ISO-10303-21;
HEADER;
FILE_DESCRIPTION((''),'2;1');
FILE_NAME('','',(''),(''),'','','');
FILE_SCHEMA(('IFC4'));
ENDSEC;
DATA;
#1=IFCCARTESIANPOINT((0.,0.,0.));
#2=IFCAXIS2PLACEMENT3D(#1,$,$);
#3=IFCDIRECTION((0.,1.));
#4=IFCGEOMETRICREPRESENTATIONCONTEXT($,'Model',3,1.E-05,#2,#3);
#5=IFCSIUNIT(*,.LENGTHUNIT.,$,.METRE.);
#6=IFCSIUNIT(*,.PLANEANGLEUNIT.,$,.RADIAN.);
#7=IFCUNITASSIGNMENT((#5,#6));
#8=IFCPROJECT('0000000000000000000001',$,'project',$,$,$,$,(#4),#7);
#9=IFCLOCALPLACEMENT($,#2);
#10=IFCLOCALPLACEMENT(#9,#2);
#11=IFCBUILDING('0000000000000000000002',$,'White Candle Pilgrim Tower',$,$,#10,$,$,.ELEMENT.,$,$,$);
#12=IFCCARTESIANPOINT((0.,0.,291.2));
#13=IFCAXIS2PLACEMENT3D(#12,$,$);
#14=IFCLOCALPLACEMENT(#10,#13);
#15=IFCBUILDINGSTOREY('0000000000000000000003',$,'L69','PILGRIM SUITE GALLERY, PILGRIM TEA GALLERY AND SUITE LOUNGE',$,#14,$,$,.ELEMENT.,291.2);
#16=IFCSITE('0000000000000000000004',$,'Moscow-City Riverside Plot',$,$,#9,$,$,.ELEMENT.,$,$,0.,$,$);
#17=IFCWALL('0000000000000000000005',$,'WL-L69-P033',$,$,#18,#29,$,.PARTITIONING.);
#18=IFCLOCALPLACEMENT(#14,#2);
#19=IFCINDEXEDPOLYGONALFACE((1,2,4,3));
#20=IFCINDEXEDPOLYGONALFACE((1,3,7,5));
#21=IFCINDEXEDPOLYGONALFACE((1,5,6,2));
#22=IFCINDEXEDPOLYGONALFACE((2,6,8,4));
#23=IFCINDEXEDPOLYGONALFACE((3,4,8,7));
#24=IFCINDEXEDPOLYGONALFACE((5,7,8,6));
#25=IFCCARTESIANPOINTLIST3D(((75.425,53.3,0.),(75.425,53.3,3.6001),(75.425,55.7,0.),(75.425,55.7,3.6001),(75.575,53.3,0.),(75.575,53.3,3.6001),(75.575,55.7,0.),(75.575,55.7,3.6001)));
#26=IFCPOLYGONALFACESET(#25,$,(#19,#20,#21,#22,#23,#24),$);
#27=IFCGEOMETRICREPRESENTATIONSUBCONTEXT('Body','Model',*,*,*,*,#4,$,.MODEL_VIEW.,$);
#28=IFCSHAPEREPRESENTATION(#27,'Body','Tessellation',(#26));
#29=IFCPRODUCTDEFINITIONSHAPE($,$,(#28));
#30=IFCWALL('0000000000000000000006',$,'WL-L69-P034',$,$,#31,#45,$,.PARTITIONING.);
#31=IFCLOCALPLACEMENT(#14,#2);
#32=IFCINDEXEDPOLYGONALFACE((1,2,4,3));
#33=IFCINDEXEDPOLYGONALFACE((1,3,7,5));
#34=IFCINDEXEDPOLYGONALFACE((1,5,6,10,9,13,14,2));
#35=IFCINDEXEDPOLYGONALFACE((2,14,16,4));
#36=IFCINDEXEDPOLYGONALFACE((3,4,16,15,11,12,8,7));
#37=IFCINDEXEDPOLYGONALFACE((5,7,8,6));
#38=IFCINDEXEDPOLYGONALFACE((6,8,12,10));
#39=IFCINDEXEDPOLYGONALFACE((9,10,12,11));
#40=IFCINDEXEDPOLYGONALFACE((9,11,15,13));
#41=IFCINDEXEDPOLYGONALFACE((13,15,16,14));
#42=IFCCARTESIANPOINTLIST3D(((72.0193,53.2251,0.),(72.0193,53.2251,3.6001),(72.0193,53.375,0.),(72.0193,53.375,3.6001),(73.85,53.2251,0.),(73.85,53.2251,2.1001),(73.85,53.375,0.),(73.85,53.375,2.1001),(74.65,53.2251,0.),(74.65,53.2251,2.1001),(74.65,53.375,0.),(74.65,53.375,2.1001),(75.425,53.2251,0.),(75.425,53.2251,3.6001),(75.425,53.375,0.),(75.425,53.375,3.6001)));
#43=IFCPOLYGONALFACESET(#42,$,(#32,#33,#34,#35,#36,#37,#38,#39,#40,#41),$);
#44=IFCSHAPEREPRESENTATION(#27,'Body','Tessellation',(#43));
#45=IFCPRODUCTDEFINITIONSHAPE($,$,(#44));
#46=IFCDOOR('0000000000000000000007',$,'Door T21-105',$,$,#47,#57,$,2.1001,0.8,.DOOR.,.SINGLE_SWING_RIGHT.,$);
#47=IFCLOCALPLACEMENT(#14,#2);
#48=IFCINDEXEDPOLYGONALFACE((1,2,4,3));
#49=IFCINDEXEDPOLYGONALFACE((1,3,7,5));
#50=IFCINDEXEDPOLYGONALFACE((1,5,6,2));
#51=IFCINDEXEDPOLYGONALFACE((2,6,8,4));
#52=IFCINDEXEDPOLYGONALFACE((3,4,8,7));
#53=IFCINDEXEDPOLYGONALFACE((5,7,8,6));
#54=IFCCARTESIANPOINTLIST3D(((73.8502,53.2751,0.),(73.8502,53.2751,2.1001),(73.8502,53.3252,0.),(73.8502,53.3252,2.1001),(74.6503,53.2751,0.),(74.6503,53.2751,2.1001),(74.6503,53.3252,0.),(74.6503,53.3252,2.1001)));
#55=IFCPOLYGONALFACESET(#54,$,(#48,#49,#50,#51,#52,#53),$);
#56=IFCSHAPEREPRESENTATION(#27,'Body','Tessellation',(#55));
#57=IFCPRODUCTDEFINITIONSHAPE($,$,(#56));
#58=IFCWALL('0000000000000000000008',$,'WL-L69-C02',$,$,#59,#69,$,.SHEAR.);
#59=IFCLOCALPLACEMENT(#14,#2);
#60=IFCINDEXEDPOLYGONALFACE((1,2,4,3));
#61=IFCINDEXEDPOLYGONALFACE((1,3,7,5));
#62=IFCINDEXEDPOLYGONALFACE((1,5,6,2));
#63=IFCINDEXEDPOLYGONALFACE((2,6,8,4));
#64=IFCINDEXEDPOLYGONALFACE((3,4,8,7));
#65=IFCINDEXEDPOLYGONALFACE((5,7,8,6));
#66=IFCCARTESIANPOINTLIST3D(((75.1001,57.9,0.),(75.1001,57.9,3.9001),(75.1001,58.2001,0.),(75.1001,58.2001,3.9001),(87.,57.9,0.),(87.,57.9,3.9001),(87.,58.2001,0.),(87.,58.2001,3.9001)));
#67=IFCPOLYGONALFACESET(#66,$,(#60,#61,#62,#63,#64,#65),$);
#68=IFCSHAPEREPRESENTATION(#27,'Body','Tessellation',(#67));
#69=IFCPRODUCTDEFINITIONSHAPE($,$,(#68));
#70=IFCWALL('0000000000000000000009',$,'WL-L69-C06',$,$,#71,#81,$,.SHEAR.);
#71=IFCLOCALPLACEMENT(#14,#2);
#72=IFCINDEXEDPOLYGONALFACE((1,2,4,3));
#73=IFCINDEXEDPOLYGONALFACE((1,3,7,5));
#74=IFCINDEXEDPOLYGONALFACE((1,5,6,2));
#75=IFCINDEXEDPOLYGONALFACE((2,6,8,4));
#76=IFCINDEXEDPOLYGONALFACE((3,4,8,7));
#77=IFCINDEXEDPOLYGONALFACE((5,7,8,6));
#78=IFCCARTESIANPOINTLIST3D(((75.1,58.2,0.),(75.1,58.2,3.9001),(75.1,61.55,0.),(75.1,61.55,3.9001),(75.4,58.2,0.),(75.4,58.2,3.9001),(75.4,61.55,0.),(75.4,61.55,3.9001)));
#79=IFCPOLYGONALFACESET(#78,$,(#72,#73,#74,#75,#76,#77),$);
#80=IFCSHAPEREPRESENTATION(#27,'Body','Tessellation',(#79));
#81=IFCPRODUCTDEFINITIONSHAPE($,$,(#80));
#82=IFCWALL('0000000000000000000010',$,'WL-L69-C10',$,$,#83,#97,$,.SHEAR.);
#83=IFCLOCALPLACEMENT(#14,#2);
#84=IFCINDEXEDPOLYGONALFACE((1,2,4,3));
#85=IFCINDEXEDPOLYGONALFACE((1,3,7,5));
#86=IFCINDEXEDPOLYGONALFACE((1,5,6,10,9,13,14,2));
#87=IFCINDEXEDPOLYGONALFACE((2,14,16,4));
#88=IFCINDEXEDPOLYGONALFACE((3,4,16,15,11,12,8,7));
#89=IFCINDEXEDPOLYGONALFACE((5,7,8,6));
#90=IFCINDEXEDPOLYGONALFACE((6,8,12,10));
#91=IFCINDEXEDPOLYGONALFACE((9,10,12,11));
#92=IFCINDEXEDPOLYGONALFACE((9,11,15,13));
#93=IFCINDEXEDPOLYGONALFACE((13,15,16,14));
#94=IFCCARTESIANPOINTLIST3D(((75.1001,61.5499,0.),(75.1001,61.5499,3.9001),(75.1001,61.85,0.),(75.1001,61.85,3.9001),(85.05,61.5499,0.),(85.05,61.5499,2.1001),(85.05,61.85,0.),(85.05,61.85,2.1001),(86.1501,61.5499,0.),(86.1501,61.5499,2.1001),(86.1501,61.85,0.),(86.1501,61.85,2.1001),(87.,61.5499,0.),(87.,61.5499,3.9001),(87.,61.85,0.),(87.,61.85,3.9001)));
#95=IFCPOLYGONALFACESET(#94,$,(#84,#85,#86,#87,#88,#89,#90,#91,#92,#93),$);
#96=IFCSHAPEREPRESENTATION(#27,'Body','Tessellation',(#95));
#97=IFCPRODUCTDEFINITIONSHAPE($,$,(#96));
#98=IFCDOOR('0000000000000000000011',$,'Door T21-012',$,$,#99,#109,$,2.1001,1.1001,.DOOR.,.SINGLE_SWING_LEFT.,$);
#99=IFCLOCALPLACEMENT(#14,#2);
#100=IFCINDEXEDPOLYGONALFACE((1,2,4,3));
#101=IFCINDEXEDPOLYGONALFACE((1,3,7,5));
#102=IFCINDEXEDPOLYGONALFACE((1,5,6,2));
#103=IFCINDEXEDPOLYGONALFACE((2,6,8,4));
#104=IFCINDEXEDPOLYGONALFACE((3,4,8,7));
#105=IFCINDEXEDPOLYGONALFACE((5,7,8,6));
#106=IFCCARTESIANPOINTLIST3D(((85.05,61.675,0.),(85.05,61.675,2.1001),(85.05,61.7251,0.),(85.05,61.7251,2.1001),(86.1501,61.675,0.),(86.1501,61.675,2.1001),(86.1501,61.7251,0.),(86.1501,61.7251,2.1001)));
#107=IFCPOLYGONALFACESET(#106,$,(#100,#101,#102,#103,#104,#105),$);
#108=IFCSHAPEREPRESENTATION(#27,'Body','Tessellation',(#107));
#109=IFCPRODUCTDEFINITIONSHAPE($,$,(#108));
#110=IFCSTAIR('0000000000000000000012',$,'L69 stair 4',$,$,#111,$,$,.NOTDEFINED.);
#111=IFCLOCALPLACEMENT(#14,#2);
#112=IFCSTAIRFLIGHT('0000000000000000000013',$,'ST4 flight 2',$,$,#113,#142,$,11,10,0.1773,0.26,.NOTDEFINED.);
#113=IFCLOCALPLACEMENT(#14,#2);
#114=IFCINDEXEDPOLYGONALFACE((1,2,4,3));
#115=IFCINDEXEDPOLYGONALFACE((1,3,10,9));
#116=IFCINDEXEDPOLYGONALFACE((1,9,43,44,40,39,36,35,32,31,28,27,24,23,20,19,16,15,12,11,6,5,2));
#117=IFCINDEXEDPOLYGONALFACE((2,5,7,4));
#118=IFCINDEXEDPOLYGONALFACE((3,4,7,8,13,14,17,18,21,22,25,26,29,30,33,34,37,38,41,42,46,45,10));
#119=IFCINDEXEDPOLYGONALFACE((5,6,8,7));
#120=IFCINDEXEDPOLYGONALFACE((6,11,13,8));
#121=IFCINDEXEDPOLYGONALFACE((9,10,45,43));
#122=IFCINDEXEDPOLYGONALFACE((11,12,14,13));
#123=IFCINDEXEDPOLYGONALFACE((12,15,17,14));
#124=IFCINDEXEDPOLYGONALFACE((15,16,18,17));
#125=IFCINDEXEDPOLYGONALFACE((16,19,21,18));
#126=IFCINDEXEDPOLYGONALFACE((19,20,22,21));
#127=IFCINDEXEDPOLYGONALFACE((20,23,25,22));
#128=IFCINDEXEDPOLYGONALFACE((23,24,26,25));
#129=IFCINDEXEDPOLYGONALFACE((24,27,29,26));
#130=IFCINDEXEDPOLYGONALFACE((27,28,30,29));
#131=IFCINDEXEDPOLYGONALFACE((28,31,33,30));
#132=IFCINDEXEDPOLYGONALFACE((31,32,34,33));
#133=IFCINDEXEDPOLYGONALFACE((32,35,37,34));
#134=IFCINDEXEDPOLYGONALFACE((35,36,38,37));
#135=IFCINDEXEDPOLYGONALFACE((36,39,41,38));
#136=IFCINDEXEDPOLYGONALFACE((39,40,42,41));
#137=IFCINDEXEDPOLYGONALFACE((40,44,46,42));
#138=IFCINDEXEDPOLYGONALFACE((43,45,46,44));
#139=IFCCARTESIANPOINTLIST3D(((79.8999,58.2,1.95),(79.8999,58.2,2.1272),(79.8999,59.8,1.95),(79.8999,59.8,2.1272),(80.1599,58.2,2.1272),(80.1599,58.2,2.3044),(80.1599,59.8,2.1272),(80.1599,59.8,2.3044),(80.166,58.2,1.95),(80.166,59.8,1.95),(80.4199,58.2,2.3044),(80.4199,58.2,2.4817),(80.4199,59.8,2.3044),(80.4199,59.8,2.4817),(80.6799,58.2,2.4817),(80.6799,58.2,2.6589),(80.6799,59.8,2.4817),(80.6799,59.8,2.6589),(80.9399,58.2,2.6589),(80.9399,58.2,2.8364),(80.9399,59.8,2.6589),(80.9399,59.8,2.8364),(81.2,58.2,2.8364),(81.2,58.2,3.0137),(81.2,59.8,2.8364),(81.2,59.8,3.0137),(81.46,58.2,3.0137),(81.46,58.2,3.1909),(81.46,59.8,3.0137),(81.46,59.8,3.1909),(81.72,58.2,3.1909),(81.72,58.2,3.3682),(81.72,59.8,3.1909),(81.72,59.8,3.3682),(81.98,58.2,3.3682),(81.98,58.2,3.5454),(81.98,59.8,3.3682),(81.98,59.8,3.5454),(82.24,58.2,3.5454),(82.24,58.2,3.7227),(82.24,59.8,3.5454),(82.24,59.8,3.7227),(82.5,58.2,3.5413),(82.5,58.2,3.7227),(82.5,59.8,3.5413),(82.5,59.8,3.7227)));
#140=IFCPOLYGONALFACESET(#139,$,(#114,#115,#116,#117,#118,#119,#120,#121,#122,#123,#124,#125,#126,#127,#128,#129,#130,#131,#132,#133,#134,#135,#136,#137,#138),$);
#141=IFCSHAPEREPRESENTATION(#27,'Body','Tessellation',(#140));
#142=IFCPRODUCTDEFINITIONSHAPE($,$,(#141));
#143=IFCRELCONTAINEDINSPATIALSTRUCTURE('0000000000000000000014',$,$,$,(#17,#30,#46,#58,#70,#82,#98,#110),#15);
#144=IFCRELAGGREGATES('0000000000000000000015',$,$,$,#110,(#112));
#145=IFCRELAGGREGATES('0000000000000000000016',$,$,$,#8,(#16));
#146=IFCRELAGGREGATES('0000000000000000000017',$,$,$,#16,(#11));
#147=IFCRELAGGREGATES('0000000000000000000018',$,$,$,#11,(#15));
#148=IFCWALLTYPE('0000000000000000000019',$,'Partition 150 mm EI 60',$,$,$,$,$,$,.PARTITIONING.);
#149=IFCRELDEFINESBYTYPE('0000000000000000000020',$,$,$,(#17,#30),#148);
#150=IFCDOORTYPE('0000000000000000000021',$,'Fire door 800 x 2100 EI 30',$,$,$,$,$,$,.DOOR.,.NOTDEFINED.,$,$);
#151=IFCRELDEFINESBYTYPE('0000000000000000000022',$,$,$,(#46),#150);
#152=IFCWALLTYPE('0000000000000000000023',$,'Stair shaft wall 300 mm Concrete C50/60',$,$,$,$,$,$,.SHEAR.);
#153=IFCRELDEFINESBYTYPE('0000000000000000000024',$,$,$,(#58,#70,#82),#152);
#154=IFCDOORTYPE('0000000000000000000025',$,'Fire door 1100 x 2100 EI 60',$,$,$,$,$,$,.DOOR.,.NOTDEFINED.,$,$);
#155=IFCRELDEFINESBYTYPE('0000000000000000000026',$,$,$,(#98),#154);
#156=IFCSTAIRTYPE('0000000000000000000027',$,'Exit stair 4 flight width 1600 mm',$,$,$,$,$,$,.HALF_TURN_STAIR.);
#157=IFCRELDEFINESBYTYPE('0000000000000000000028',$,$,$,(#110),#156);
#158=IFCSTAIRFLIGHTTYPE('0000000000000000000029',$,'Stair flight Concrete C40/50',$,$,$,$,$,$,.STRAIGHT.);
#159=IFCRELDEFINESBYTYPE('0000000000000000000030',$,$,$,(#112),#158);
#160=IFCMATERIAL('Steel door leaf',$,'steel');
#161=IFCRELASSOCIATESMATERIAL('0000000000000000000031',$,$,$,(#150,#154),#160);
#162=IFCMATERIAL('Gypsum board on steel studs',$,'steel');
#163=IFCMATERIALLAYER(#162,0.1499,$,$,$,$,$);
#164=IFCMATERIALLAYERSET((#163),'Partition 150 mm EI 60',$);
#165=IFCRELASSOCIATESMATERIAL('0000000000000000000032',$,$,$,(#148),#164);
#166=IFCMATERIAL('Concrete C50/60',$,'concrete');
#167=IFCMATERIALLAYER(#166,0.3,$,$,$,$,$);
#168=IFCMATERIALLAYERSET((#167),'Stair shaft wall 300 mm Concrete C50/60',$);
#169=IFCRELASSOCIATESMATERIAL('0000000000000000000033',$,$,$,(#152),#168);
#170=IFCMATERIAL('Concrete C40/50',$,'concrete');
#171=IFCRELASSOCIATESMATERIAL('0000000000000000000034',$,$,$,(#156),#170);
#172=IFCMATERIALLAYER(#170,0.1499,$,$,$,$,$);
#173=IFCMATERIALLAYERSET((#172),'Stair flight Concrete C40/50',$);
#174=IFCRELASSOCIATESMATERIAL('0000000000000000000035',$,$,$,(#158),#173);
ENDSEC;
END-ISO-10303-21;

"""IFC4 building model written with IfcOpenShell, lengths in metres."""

from ifc_helpers import new_model, si_unit, direction, frame, frame_2d, origin, place, context, subcontext, project, spatial, polyline, rectangle, outline, extrude, material, layer, layer_set, type_object, element, fill, aggregate, save


model = new_model("IFC4")

# Units and contexts
model_context = context("Model", 3, precision=1e-05, world=origin(), true_north=direction((0.0, 1.0)))
body_context = subcontext(model_context, "Body", "Model", "MODEL_VIEW")
ifc_project = project(units=[si_unit("LENGTHUNIT", "METRE"), si_unit("PLANEANGLEUNIT", "RADIAN")], contexts=[model_context])

# Site, building, storey
site_placement = place(None, origin())
site = spatial("IfcSite", under=ifc_project, at=site_placement, Name="Moscow-City Riverside Plot", CompositionType="ELEMENT", RefElevation=0.0)
building_placement = place(site_placement, origin())
building = spatial("IfcBuilding", under=site, at=building_placement, Name="White Candle Pilgrim Tower", CompositionType="ELEMENT")
storey_placement = place(building_placement, frame((0.0, 0.0, 291.2)))
storey = spatial("IfcBuildingStorey", under=building, at=storey_placement, Name="L69", Description="PILGRIM SUITE GALLERY, PILGRIM TEA GALLERY AND SUITE LOUNGE", CompositionType="ELEMENT", Elevation=291.2)

# Shared definitions
ifc_material_1 = material(Name="Concrete C50/60", Category="concrete")

# Shared definitions
ifc_material_2 = material(Name="Gypsum board on steel studs", Category="steel")

# Shared definitions
ifc_material_3 = material(Name="Steel door leaf", Category="steel")
door_type_1 = type_object("IfcDoorType", Name="Fire door 800 x 2100 EI 30", OperationType="NOTDEFINED", PredefinedType="DOOR", material=ifc_material_3)

# Wall
ifc_layer_1 = layer(ifc_material_2, 0.1499)
ifc_layer_set_1 = layer_set([ifc_layer_1], Name="Partition 150 mm EI 60")
wall_type_1 = type_object("IfcWallType", Name="Partition 150 mm EI 60", PredefinedType="PARTITIONING", material=ifc_layer_set_1)
wall_1_placement = place(storey_placement, frame((75.5, 55.7, 0.0), z_axis=(0.0, 0.0, 1.0), x_axis=(0.0, -1.0, 0.0)))
element("IfcWall", 1, at=wall_1_placement, inside=storey, type_object=wall_type_1, Name="WL-L69-P033", PredefinedType="PARTITIONING", context=body_context, shape_type="SweptSolid", body=[
    extrude(rectangle(XDim=2.3999, YDim=0.1499, at=frame_2d((1.2, 0.0))), origin(), (0.0, 0.0, 1.0), 3.6001),
])

# Wall, opening, door
wall_2_placement = place(storey_placement, frame((72.0193, 53.3, 0.0), z_axis=(0.0, 0.0, 1.0), x_axis=(1.0, 0.0, 0.0)))
wall_2 = element("IfcWall", 2, at=wall_2_placement, inside=storey, type_object=wall_type_1, Name="WL-L69-P034", PredefinedType="PARTITIONING", context=body_context, shape_type="SweptSolid", body=[
    extrude(rectangle(XDim=3.4058, YDim=0.1499, at=frame_2d((1.7029, 0.0))), origin(), (0.0, 0.0, 1.0), 3.6001),
])
opening_1_placement = place(wall_2_placement, frame((1.8308, 0.0, 0.0)))
opening_1 = element("IfcOpeningElement", 3, at=opening_1_placement, cuts=wall_2, PredefinedType="OPENING", context=body_context, shape_type="SweptSolid", body=[
    extrude(rectangle(XDim=0.8, YDim=2.1001, at=frame_2d((0.3999, 1.05))), frame((0.0, 0.085, 0.0), z_axis=(0.0, -1.0, 0.0), x_axis=(1.0, 0.0, 0.0)), (0.0, 0.0, 1.0), 0.1699),
])
door_1_placement = place(opening_1_placement, frame((0.8, 0.0, 0.0), z_axis=(0.0, 0.0, 1.0), x_axis=(-1.0, 0.0, 0.0)))
door_1 = element("IfcDoor", 4, at=door_1_placement, inside=storey, type_object=door_type_1, Name="Door T21-105", OperationType="SINGLE_SWING_RIGHT", OverallHeight=2.1001, OverallWidth=0.8, PredefinedType="DOOR", context=body_context, shape_type="SweptSolid", body=[
    extrude(rectangle(XDim=0.8, YDim=2.1001, at=frame_2d((0.3999, 1.05))), frame((0.0, 0.0249, 0.0), z_axis=(0.0, -1.0, 0.0), x_axis=(1.0, 0.0, 0.0)), (0.0, 0.0, 1.0), 0.05),
])
fill(opening_1, door_1)

# Walls
ifc_layer_2 = layer(ifc_material_1, 0.3)
ifc_layer_set_2 = layer_set([ifc_layer_2], Name="Stair shaft wall 300 mm Concrete C50/60")
wall_type_2 = type_object("IfcWallType", Name="Stair shaft wall 300 mm Concrete C50/60", PredefinedType="SHEAR", material=ifc_layer_set_2)
wall_3_placement = place(storey_placement, frame((75.1001, 58.05, 0.0), z_axis=(0.0, 0.0, 1.0), x_axis=(1.0, 0.0, 0.0)))
element("IfcWall", 5, at=wall_3_placement, inside=storey, type_object=wall_type_2, Name="WL-L69-C02", PredefinedType="SHEAR", context=body_context, shape_type="SweptSolid", body=[
    extrude(rectangle(XDim=11.8999, YDim=0.3, at=frame_2d((5.95, 0.0))), origin(), (0.0, 0.0, 1.0), 3.9001),
])
wall_4_placement = place(storey_placement, frame((75.25, 58.2, 0.0), z_axis=(0.0, 0.0, 1.0), x_axis=(0.0, 1.0, 0.0)))
element("IfcWall", 6, at=wall_4_placement, inside=storey, type_object=wall_type_2, Name="WL-L69-C06", PredefinedType="SHEAR", context=body_context, shape_type="SweptSolid", body=[
    extrude(rectangle(XDim=3.3501, YDim=0.3, at=frame_2d((1.675, 0.0))), origin(), (0.0, 0.0, 1.0), 3.9001),
])

# Wall, opening, door
wall_5_placement = place(storey_placement, frame((75.1001, 61.7, 0.0), z_axis=(0.0, 0.0, 1.0), x_axis=(1.0, 0.0, 0.0)))
wall_5 = element("IfcWall", 7, at=wall_5_placement, inside=storey, type_object=wall_type_2, Name="WL-L69-C10", PredefinedType="SHEAR", context=body_context, shape_type="SweptSolid", body=[
    extrude(rectangle(XDim=11.8999, YDim=0.3, at=frame_2d((5.95, 0.0))), origin(), (0.0, 0.0, 1.0), 3.9001),
])
opening_2_placement = place(wall_5_placement, frame((9.95, 0.0, 0.0)))
opening_2 = element("IfcOpeningElement", 8, at=opening_2_placement, cuts=wall_5, PredefinedType="OPENING", context=body_context, shape_type="SweptSolid", body=[
    extrude(rectangle(XDim=1.1001, YDim=2.1001, at=frame_2d((0.55, 1.05))), frame((0.0, 0.1599, 0.0), z_axis=(0.0, -1.0, 0.0), x_axis=(1.0, 0.0, 0.0)), (0.0, 0.0, 1.0), 0.3201),
])
door_type_2 = type_object("IfcDoorType", Name="Fire door 1100 x 2100 EI 60", OperationType="NOTDEFINED", PredefinedType="DOOR", material=ifc_material_3)
door_2_placement = place(opening_2_placement, frame((1.1001, 0.0, 0.0), z_axis=(0.0, 0.0, 1.0), x_axis=(-1.0, 0.0, 0.0)))
door_2 = element("IfcDoor", 9, at=door_2_placement, inside=storey, type_object=door_type_2, Name="Door T21-012", OperationType="SINGLE_SWING_LEFT", OverallHeight=2.1001, OverallWidth=1.1001, PredefinedType="DOOR", context=body_context, shape_type="SweptSolid", body=[
    extrude(rectangle(XDim=1.1001, YDim=2.1001, at=frame_2d((0.55, 1.05))), frame((0.0, 0.0249, 0.0), z_axis=(0.0, -1.0, 0.0), x_axis=(1.0, 0.0, 0.0)), (0.0, 0.0, 1.0), 0.05),
])
fill(opening_2, door_2)

# Stair, stair flight
ifc_material_4 = material(Name="Concrete C40/50", Category="concrete")
stair_type = type_object("IfcStairType", Name="Exit stair 4 flight width 1600 mm", PredefinedType="HALF_TURN_STAIR", material=ifc_material_4)
stair_placement = place(storey_placement, origin())
stair = element("IfcStair", 10, at=stair_placement, inside=storey, type_object=stair_type, Name="L69 stair 4", PredefinedType="NOTDEFINED")
ifc_layer_3 = layer(ifc_material_4, 0.1499)
ifc_layer_set_3 = layer_set([ifc_layer_3], Name="Stair flight Concrete C40/50")
stair_flight_type = type_object("IfcStairFlightType", Name="Stair flight Concrete C40/50", PredefinedType="STRAIGHT", material=ifc_layer_set_3)
stair_flight_placement = place(storey_placement, frame((79.8999, 59.0, 1.95), z_axis=(0.0, 0.0, 1.0), x_axis=(1.0, 0.0, 0.0)))
stair_flight = element("IfcStairFlight", 11, at=stair_flight_placement, type_object=stair_flight_type, Name="ST4 flight 2", NumberOfRisers=11, NumberOfTreads=10, PredefinedType="NOTDEFINED", RiserHeight=0.1773, TreadLength=0.26, context=body_context, shape_type="SweptSolid", body=[
    extrude(outline(polyline([(0.0, 0.0), (0.0, 0.1772), (0.26, 0.1772), (0.26, 0.3545), (0.52, 0.3545), (0.52, 0.5317), (0.78, 0.5317), (0.78, 0.709), (1.04, 0.709), (1.04, 0.8865), (1.3, 0.8865), (1.3, 1.0637), (1.5601, 1.0637), (1.5601, 1.241), (1.8201, 1.241), (1.8201, 1.4182), (2.0801, 1.4182), (2.0801, 1.5955), (2.3401, 1.5955), (2.3401, 1.7727), (2.6001, 1.7727), (2.6001, 1.95), (2.6001, 1.5913), (0.2661, 0.0), (0.0, 0.0)])), frame((0.0, 0.8, 0.0), z_axis=(0.0, -1.0, 0.0), x_axis=(1.0, 0.0, 0.0)), (0.0, 0.0, 1.0), 1.6001),
])
aggregate(stair, [stair_flight])

save(model, "model.ifc")
